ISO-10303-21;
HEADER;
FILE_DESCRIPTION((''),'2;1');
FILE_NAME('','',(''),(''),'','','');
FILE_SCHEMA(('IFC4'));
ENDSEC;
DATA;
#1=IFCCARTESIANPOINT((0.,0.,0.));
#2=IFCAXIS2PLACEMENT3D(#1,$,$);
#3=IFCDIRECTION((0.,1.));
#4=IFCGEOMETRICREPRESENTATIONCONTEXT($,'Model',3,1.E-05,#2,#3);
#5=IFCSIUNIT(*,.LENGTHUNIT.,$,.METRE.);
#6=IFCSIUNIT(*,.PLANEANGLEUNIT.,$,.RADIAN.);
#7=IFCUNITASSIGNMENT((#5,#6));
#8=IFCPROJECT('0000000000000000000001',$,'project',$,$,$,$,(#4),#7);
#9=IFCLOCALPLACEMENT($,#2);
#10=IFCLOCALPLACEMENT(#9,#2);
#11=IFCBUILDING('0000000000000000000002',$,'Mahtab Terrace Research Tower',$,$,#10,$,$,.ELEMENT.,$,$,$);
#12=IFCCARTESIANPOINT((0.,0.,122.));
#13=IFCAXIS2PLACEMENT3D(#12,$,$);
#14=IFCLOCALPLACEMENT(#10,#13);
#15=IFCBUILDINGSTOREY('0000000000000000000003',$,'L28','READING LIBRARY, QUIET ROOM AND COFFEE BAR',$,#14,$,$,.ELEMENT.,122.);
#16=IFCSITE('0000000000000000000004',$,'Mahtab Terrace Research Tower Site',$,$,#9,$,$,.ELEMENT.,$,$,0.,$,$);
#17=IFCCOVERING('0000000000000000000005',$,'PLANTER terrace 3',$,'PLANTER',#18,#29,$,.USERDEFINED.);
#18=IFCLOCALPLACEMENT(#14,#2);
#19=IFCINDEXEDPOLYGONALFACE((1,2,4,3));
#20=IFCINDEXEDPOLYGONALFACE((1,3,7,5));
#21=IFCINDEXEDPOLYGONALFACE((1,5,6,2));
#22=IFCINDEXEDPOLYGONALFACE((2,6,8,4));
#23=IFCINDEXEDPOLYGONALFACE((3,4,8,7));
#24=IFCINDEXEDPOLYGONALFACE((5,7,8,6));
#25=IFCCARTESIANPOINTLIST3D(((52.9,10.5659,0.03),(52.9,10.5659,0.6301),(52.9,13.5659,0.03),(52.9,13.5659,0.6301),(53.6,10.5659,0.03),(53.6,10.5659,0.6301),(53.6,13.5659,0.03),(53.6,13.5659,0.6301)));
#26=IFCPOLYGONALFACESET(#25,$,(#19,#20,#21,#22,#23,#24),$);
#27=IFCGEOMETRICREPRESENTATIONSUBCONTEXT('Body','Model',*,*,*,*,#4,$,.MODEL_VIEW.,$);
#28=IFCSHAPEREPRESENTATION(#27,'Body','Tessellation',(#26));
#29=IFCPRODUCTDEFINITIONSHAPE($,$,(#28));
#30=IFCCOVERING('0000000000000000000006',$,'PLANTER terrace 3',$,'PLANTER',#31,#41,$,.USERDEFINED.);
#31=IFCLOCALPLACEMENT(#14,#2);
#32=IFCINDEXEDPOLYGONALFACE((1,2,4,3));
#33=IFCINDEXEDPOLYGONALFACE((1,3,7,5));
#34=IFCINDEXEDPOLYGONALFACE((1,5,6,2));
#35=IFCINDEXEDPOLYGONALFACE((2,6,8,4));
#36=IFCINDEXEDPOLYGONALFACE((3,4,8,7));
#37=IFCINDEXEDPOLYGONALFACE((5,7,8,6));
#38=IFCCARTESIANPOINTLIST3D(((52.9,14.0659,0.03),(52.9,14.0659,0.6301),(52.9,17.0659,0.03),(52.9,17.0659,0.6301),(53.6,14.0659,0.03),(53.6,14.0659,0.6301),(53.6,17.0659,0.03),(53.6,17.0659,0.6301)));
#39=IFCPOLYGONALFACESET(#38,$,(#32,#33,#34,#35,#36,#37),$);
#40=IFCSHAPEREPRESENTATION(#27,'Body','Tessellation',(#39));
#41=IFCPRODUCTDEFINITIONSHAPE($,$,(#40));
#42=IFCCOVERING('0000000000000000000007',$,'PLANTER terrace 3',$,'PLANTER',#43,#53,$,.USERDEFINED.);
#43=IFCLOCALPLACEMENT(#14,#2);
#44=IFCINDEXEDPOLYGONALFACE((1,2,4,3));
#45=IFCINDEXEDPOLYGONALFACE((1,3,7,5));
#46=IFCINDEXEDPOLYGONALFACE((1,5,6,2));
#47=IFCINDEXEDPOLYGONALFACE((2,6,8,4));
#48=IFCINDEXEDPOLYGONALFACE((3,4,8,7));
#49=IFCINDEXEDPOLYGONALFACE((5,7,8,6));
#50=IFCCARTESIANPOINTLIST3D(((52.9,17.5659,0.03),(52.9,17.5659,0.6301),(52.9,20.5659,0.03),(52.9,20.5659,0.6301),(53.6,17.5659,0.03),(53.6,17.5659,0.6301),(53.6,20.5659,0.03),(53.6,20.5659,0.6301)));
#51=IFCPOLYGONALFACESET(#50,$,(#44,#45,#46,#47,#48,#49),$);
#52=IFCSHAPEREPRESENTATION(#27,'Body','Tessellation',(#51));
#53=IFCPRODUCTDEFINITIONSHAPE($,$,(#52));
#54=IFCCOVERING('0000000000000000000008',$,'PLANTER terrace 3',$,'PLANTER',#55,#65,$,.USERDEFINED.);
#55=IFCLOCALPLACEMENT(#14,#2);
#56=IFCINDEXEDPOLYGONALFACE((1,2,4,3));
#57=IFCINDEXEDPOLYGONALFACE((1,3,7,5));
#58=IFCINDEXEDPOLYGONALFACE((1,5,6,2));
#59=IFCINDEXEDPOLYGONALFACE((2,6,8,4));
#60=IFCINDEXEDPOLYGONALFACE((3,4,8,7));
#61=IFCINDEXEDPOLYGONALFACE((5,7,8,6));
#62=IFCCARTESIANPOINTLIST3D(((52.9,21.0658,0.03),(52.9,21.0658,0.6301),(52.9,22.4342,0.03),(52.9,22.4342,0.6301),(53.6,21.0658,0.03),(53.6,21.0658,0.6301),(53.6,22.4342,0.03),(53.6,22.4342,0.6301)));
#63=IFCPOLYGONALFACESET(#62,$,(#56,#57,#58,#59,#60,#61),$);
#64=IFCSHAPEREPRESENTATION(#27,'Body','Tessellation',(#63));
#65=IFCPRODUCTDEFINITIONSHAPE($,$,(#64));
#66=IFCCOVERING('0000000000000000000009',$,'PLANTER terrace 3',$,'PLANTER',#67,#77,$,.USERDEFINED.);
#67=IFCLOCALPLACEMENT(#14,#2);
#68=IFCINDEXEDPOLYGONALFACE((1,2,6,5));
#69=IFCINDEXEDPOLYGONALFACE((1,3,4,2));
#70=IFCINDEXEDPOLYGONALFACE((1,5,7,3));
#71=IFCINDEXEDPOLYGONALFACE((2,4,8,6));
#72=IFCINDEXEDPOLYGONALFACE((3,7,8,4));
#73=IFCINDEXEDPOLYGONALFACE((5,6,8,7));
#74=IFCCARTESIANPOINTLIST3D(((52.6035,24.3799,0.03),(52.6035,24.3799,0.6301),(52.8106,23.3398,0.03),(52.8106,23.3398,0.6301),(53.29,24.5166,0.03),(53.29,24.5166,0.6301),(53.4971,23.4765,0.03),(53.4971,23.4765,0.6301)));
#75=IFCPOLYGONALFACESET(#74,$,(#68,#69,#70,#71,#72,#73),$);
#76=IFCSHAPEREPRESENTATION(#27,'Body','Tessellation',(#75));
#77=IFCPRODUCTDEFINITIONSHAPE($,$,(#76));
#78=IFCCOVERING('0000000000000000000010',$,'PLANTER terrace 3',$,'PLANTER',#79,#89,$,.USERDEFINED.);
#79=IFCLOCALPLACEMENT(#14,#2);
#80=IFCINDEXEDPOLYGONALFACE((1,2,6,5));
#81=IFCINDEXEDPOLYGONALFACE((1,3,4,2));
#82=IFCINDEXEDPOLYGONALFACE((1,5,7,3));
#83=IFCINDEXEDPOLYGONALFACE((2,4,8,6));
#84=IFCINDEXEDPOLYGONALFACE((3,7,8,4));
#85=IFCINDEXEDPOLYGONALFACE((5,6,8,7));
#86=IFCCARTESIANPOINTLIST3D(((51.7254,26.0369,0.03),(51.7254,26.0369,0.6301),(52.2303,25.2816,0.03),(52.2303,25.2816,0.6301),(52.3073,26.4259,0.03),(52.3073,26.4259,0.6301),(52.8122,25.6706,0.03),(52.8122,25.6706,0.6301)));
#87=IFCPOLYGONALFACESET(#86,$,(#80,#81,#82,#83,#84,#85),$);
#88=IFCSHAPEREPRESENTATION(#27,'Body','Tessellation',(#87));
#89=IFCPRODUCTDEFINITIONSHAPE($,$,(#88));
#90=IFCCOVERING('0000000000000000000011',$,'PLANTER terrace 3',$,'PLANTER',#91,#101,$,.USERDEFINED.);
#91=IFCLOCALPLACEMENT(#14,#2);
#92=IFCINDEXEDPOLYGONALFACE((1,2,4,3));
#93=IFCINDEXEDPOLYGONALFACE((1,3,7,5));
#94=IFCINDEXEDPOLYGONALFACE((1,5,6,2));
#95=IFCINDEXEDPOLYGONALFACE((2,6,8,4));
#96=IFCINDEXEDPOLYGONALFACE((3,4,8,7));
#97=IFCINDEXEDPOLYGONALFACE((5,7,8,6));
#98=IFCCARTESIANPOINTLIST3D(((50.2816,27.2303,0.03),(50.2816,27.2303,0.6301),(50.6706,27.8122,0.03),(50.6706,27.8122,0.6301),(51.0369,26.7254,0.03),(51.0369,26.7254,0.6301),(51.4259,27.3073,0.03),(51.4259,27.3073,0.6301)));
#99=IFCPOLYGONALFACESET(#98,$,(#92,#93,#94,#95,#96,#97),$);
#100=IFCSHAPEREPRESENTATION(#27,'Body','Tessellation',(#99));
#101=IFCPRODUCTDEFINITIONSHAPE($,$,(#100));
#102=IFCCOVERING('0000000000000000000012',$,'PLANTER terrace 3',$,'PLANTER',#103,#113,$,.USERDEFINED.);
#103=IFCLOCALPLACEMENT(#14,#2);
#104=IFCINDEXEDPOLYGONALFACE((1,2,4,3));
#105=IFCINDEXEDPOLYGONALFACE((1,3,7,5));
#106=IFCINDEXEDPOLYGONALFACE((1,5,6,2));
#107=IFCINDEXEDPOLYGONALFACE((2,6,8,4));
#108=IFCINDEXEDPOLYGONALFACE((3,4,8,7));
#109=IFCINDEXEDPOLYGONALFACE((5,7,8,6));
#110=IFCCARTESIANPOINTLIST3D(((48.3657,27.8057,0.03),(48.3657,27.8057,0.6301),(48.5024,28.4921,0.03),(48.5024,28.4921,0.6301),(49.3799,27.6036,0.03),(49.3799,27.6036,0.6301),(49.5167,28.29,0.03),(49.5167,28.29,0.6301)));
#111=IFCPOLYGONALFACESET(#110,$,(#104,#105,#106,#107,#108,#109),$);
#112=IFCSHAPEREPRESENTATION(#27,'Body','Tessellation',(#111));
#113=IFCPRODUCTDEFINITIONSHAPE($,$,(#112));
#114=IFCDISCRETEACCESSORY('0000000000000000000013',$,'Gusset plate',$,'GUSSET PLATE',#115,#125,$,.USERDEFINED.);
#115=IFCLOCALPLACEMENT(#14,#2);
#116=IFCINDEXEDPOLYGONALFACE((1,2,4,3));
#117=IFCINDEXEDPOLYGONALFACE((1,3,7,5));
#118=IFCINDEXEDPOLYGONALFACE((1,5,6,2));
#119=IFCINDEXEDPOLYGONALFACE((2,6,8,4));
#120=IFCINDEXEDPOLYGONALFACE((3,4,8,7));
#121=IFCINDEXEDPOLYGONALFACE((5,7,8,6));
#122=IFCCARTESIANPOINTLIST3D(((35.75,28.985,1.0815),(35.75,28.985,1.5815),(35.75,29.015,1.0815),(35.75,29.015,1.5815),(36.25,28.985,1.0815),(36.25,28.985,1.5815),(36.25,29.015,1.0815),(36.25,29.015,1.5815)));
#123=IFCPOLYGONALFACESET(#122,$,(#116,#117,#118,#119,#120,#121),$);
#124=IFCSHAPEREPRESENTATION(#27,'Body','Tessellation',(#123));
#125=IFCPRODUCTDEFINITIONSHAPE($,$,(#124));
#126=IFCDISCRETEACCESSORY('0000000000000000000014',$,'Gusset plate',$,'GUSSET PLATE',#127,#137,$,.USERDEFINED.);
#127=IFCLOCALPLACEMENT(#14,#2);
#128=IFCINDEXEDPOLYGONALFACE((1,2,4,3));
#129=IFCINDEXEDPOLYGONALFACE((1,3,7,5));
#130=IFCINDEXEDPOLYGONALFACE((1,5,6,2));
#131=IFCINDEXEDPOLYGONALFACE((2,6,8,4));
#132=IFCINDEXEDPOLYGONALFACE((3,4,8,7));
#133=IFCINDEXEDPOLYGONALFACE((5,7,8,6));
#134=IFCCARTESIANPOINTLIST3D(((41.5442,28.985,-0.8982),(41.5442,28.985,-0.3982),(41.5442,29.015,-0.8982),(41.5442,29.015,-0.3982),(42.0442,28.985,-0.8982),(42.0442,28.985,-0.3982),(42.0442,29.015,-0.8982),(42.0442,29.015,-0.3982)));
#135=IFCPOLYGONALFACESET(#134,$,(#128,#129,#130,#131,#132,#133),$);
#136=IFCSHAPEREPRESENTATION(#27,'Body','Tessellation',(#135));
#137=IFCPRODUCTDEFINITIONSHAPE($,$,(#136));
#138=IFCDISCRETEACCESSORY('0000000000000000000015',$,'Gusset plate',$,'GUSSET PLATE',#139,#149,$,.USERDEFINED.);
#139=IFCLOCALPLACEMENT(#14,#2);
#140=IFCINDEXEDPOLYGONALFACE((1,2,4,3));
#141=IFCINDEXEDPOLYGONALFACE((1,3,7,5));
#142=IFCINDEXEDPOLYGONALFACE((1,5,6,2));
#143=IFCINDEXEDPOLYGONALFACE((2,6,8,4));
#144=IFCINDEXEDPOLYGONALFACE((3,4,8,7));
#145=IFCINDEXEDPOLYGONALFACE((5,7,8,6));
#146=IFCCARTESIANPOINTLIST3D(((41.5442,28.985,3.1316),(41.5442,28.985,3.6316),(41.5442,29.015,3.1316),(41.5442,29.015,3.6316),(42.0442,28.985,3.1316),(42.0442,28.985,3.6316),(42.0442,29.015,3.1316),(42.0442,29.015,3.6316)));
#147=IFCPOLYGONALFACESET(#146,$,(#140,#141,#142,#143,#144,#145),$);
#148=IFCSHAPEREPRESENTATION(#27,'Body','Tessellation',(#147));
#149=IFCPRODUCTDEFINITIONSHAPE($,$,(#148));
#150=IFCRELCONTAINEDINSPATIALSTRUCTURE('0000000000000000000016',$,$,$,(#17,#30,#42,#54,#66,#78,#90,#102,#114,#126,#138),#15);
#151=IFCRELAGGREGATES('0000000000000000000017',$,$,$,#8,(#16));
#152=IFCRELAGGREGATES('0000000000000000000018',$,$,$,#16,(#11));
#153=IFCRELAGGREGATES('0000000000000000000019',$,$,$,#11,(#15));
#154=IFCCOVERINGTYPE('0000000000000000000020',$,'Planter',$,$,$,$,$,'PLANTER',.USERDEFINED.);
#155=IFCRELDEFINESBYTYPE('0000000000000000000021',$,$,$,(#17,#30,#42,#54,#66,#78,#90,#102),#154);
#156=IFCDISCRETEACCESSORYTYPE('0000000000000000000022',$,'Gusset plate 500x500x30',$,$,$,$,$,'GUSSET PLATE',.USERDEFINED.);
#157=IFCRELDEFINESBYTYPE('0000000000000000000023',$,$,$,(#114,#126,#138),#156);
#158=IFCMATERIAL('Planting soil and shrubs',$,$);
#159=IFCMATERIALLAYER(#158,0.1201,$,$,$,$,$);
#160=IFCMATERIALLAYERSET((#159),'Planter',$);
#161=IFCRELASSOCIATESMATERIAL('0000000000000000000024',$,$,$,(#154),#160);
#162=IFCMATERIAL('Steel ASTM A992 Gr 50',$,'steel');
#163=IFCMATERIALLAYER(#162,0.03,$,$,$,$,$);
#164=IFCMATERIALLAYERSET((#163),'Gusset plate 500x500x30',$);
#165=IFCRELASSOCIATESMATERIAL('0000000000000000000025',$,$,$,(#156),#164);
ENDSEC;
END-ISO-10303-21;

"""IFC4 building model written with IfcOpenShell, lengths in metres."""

from ifc_helpers import new_model, si_unit, direction, frame, origin, origin_2d, place, context, subcontext, project, spatial, rectangle, extrude, material, layer, layer_set, type_object, element, save


model = new_model("IFC4")

# Units and contexts
model_context = context("Model", 3, precision=1e-05, world=origin(), true_north=direction((0.0, 1.0)))
body_context = subcontext(model_context, "Body", "Model", "MODEL_VIEW")
ifc_project = project(units=[si_unit("LENGTHUNIT", "METRE"), si_unit("PLANEANGLEUNIT", "RADIAN")], contexts=[model_context])

# Site, building, storey
site_placement = place(None, origin())
site = spatial("IfcSite", under=ifc_project, at=site_placement, Name="Mahtab Terrace Research Tower Site", CompositionType="ELEMENT", RefElevation=0.0)
building_placement = place(site_placement, origin())
building = spatial("IfcBuilding", under=site, at=building_placement, Name="Mahtab Terrace Research Tower", CompositionType="ELEMENT")
storey_placement = place(building_placement, frame((0.0, 0.0, 122.0)))
storey = spatial("IfcBuildingStorey", under=building, at=storey_placement, Name="L28", Description="READING LIBRARY, QUIET ROOM AND COFFEE BAR", CompositionType="ELEMENT", Elevation=122.0)

# Shared definitions
ifc_material_1 = material(Name="Steel ASTM A992 Gr 50", Category="steel")

# Coverings
ifc_material_2 = material(Name="Planting soil and shrubs")
ifc_layer_1 = layer(ifc_material_2, 0.1201)
ifc_layer_set_1 = layer_set([ifc_layer_1], Name="Planter")
covering_type_1 = type_object("IfcCoveringType", Name="Planter", ElementType="PLANTER", PredefinedType="USERDEFINED", material=ifc_layer_set_1)
for number, where, z_axis, x_axis, name in (
    (1, (53.25, 12.0659, 0.03), (0.0, 0.0, 1.0), (0.0, 1.0, 0.0), "PLANTER terrace 3"),
    (2, (53.25, 15.5659, 0.03), (0.0, 0.0, 1.0), (0.0, 1.0, 0.0), "PLANTER terrace 3"),
    (3, (53.25, 19.0659, 0.03), (0.0, 0.0, 1.0), (0.0, 1.0, 0.0), "PLANTER terrace 3"),
):
    element("IfcCovering", number, at=place(storey_placement, frame(where, z_axis=z_axis, x_axis=x_axis)), inside=storey, type_object=covering_type_1, Name=name, ObjectType="PLANTER", PredefinedType="USERDEFINED", context=body_context, shape_type="SweptSolid", body=[
        extrude(rectangle(XDim=3.0, YDim=0.7, at=origin_2d()), origin(), (0.0, 0.0, 1.0), 0.6001),
    ])
covering_1_placement = place(storey_placement, frame((53.25, 21.75, 0.03), z_axis=(0.0, 0.0, 1.0), x_axis=(0.0, 1.0, 0.0)))
element("IfcCovering", 4, at=covering_1_placement, inside=storey, type_object=covering_type_1, Name="PLANTER terrace 3", ObjectType="PLANTER", PredefinedType="USERDEFINED", context=body_context, shape_type="SweptSolid", body=[
    extrude(rectangle(XDim=1.3684, YDim=0.7, at=origin_2d()), origin(), (0.0, 0.0, 1.0), 0.6001),
])
covering_2_placement = place(storey_placement, frame((53.0503, 23.9282, 0.03), z_axis=(0.0, 0.0, 1.0), x_axis=(-0.195304, 0.980743, 0.0)))
element("IfcCovering", 5, at=covering_2_placement, inside=storey, type_object=covering_type_1, Name="PLANTER terrace 3", ObjectType="PLANTER", PredefinedType="USERDEFINED", context=body_context, shape_type="SweptSolid", body=[
    extrude(rectangle(XDim=1.0605, YDim=0.7, at=origin_2d()), origin(), (0.0, 0.0, 1.0), 0.6001),
])
for number, where, z_axis, x_axis, name in (
    (6, (52.2688, 25.8538, 0.03), (0.0, 0.0, 1.0), (-0.555757, 0.831344, 0.0), "PLANTER terrace 3"),
    (7, (50.8538, 27.2688, 0.03), (0.0, 0.0, 1.0), (-0.831344, 0.555757, 0.0), "PLANTER terrace 3"),
):
    element("IfcCovering", number, at=place(storey_placement, frame(where, z_axis=z_axis, x_axis=x_axis)), inside=storey, type_object=covering_type_1, Name=name, ObjectType="PLANTER", PredefinedType="USERDEFINED", context=body_context, shape_type="SweptSolid", body=[
        extrude(rectangle(XDim=0.9084, YDim=0.7, at=origin_2d()), origin(), (0.0, 0.0, 1.0), 0.6001),
    ])
covering_3_placement = place(storey_placement, frame((48.9412, 28.0479, 0.03), z_axis=(0.0, 0.0, 1.0), x_axis=(-0.980725, 0.195395, 0.0)))
element("IfcCovering", 8, at=covering_3_placement, inside=storey, type_object=covering_type_1, Name="PLANTER terrace 3", ObjectType="PLANTER", PredefinedType="USERDEFINED", context=body_context, shape_type="SweptSolid", body=[
    extrude(rectangle(XDim=1.0342, YDim=0.7, at=origin_2d()), origin(), (0.0, 0.0, 1.0), 0.6001),
])

# Discrete accessories
ifc_layer_2 = layer(ifc_material_1, 0.03)
ifc_layer_set_2 = layer_set([ifc_layer_2], Name="Gusset plate 500x500x30")
discrete_accessory_type = type_object("IfcDiscreteAccessoryType", Name="Gusset plate 500x500x30", ElementType="GUSSET PLATE", PredefinedType="USERDEFINED", material=ifc_layer_set_2)
for number, where, z_axis, x_axis, name in (
    (9, (36.0, 29.0, 1.0815), (0.0, 0.0, 1.0), (1.0, 0.0, 0.0), "Gusset plate"),
    (10, (41.7942, 29.0, -0.8982), (0.0, 0.0, 1.0), (1.0, 0.0, 0.0), "Gusset plate"),
    (11, (41.7942, 29.0, 3.1316), (0.0, 0.0, 1.0), (1.0, 0.0, 0.0), "Gusset plate"),
):
    element("IfcDiscreteAccessory", number, at=place(storey_placement, frame(where, z_axis=z_axis, x_axis=x_axis)), inside=storey, type_object=discrete_accessory_type, Name=name, ObjectType="GUSSET PLATE", PredefinedType="USERDEFINED", context=body_context, shape_type="SweptSolid", body=[
        extrude(rectangle(XDim=0.5, YDim=0.03, at=origin_2d()), origin(), (0.0, 0.0, 1.0), 0.5),
    ])

save(model, "model.ifc")
